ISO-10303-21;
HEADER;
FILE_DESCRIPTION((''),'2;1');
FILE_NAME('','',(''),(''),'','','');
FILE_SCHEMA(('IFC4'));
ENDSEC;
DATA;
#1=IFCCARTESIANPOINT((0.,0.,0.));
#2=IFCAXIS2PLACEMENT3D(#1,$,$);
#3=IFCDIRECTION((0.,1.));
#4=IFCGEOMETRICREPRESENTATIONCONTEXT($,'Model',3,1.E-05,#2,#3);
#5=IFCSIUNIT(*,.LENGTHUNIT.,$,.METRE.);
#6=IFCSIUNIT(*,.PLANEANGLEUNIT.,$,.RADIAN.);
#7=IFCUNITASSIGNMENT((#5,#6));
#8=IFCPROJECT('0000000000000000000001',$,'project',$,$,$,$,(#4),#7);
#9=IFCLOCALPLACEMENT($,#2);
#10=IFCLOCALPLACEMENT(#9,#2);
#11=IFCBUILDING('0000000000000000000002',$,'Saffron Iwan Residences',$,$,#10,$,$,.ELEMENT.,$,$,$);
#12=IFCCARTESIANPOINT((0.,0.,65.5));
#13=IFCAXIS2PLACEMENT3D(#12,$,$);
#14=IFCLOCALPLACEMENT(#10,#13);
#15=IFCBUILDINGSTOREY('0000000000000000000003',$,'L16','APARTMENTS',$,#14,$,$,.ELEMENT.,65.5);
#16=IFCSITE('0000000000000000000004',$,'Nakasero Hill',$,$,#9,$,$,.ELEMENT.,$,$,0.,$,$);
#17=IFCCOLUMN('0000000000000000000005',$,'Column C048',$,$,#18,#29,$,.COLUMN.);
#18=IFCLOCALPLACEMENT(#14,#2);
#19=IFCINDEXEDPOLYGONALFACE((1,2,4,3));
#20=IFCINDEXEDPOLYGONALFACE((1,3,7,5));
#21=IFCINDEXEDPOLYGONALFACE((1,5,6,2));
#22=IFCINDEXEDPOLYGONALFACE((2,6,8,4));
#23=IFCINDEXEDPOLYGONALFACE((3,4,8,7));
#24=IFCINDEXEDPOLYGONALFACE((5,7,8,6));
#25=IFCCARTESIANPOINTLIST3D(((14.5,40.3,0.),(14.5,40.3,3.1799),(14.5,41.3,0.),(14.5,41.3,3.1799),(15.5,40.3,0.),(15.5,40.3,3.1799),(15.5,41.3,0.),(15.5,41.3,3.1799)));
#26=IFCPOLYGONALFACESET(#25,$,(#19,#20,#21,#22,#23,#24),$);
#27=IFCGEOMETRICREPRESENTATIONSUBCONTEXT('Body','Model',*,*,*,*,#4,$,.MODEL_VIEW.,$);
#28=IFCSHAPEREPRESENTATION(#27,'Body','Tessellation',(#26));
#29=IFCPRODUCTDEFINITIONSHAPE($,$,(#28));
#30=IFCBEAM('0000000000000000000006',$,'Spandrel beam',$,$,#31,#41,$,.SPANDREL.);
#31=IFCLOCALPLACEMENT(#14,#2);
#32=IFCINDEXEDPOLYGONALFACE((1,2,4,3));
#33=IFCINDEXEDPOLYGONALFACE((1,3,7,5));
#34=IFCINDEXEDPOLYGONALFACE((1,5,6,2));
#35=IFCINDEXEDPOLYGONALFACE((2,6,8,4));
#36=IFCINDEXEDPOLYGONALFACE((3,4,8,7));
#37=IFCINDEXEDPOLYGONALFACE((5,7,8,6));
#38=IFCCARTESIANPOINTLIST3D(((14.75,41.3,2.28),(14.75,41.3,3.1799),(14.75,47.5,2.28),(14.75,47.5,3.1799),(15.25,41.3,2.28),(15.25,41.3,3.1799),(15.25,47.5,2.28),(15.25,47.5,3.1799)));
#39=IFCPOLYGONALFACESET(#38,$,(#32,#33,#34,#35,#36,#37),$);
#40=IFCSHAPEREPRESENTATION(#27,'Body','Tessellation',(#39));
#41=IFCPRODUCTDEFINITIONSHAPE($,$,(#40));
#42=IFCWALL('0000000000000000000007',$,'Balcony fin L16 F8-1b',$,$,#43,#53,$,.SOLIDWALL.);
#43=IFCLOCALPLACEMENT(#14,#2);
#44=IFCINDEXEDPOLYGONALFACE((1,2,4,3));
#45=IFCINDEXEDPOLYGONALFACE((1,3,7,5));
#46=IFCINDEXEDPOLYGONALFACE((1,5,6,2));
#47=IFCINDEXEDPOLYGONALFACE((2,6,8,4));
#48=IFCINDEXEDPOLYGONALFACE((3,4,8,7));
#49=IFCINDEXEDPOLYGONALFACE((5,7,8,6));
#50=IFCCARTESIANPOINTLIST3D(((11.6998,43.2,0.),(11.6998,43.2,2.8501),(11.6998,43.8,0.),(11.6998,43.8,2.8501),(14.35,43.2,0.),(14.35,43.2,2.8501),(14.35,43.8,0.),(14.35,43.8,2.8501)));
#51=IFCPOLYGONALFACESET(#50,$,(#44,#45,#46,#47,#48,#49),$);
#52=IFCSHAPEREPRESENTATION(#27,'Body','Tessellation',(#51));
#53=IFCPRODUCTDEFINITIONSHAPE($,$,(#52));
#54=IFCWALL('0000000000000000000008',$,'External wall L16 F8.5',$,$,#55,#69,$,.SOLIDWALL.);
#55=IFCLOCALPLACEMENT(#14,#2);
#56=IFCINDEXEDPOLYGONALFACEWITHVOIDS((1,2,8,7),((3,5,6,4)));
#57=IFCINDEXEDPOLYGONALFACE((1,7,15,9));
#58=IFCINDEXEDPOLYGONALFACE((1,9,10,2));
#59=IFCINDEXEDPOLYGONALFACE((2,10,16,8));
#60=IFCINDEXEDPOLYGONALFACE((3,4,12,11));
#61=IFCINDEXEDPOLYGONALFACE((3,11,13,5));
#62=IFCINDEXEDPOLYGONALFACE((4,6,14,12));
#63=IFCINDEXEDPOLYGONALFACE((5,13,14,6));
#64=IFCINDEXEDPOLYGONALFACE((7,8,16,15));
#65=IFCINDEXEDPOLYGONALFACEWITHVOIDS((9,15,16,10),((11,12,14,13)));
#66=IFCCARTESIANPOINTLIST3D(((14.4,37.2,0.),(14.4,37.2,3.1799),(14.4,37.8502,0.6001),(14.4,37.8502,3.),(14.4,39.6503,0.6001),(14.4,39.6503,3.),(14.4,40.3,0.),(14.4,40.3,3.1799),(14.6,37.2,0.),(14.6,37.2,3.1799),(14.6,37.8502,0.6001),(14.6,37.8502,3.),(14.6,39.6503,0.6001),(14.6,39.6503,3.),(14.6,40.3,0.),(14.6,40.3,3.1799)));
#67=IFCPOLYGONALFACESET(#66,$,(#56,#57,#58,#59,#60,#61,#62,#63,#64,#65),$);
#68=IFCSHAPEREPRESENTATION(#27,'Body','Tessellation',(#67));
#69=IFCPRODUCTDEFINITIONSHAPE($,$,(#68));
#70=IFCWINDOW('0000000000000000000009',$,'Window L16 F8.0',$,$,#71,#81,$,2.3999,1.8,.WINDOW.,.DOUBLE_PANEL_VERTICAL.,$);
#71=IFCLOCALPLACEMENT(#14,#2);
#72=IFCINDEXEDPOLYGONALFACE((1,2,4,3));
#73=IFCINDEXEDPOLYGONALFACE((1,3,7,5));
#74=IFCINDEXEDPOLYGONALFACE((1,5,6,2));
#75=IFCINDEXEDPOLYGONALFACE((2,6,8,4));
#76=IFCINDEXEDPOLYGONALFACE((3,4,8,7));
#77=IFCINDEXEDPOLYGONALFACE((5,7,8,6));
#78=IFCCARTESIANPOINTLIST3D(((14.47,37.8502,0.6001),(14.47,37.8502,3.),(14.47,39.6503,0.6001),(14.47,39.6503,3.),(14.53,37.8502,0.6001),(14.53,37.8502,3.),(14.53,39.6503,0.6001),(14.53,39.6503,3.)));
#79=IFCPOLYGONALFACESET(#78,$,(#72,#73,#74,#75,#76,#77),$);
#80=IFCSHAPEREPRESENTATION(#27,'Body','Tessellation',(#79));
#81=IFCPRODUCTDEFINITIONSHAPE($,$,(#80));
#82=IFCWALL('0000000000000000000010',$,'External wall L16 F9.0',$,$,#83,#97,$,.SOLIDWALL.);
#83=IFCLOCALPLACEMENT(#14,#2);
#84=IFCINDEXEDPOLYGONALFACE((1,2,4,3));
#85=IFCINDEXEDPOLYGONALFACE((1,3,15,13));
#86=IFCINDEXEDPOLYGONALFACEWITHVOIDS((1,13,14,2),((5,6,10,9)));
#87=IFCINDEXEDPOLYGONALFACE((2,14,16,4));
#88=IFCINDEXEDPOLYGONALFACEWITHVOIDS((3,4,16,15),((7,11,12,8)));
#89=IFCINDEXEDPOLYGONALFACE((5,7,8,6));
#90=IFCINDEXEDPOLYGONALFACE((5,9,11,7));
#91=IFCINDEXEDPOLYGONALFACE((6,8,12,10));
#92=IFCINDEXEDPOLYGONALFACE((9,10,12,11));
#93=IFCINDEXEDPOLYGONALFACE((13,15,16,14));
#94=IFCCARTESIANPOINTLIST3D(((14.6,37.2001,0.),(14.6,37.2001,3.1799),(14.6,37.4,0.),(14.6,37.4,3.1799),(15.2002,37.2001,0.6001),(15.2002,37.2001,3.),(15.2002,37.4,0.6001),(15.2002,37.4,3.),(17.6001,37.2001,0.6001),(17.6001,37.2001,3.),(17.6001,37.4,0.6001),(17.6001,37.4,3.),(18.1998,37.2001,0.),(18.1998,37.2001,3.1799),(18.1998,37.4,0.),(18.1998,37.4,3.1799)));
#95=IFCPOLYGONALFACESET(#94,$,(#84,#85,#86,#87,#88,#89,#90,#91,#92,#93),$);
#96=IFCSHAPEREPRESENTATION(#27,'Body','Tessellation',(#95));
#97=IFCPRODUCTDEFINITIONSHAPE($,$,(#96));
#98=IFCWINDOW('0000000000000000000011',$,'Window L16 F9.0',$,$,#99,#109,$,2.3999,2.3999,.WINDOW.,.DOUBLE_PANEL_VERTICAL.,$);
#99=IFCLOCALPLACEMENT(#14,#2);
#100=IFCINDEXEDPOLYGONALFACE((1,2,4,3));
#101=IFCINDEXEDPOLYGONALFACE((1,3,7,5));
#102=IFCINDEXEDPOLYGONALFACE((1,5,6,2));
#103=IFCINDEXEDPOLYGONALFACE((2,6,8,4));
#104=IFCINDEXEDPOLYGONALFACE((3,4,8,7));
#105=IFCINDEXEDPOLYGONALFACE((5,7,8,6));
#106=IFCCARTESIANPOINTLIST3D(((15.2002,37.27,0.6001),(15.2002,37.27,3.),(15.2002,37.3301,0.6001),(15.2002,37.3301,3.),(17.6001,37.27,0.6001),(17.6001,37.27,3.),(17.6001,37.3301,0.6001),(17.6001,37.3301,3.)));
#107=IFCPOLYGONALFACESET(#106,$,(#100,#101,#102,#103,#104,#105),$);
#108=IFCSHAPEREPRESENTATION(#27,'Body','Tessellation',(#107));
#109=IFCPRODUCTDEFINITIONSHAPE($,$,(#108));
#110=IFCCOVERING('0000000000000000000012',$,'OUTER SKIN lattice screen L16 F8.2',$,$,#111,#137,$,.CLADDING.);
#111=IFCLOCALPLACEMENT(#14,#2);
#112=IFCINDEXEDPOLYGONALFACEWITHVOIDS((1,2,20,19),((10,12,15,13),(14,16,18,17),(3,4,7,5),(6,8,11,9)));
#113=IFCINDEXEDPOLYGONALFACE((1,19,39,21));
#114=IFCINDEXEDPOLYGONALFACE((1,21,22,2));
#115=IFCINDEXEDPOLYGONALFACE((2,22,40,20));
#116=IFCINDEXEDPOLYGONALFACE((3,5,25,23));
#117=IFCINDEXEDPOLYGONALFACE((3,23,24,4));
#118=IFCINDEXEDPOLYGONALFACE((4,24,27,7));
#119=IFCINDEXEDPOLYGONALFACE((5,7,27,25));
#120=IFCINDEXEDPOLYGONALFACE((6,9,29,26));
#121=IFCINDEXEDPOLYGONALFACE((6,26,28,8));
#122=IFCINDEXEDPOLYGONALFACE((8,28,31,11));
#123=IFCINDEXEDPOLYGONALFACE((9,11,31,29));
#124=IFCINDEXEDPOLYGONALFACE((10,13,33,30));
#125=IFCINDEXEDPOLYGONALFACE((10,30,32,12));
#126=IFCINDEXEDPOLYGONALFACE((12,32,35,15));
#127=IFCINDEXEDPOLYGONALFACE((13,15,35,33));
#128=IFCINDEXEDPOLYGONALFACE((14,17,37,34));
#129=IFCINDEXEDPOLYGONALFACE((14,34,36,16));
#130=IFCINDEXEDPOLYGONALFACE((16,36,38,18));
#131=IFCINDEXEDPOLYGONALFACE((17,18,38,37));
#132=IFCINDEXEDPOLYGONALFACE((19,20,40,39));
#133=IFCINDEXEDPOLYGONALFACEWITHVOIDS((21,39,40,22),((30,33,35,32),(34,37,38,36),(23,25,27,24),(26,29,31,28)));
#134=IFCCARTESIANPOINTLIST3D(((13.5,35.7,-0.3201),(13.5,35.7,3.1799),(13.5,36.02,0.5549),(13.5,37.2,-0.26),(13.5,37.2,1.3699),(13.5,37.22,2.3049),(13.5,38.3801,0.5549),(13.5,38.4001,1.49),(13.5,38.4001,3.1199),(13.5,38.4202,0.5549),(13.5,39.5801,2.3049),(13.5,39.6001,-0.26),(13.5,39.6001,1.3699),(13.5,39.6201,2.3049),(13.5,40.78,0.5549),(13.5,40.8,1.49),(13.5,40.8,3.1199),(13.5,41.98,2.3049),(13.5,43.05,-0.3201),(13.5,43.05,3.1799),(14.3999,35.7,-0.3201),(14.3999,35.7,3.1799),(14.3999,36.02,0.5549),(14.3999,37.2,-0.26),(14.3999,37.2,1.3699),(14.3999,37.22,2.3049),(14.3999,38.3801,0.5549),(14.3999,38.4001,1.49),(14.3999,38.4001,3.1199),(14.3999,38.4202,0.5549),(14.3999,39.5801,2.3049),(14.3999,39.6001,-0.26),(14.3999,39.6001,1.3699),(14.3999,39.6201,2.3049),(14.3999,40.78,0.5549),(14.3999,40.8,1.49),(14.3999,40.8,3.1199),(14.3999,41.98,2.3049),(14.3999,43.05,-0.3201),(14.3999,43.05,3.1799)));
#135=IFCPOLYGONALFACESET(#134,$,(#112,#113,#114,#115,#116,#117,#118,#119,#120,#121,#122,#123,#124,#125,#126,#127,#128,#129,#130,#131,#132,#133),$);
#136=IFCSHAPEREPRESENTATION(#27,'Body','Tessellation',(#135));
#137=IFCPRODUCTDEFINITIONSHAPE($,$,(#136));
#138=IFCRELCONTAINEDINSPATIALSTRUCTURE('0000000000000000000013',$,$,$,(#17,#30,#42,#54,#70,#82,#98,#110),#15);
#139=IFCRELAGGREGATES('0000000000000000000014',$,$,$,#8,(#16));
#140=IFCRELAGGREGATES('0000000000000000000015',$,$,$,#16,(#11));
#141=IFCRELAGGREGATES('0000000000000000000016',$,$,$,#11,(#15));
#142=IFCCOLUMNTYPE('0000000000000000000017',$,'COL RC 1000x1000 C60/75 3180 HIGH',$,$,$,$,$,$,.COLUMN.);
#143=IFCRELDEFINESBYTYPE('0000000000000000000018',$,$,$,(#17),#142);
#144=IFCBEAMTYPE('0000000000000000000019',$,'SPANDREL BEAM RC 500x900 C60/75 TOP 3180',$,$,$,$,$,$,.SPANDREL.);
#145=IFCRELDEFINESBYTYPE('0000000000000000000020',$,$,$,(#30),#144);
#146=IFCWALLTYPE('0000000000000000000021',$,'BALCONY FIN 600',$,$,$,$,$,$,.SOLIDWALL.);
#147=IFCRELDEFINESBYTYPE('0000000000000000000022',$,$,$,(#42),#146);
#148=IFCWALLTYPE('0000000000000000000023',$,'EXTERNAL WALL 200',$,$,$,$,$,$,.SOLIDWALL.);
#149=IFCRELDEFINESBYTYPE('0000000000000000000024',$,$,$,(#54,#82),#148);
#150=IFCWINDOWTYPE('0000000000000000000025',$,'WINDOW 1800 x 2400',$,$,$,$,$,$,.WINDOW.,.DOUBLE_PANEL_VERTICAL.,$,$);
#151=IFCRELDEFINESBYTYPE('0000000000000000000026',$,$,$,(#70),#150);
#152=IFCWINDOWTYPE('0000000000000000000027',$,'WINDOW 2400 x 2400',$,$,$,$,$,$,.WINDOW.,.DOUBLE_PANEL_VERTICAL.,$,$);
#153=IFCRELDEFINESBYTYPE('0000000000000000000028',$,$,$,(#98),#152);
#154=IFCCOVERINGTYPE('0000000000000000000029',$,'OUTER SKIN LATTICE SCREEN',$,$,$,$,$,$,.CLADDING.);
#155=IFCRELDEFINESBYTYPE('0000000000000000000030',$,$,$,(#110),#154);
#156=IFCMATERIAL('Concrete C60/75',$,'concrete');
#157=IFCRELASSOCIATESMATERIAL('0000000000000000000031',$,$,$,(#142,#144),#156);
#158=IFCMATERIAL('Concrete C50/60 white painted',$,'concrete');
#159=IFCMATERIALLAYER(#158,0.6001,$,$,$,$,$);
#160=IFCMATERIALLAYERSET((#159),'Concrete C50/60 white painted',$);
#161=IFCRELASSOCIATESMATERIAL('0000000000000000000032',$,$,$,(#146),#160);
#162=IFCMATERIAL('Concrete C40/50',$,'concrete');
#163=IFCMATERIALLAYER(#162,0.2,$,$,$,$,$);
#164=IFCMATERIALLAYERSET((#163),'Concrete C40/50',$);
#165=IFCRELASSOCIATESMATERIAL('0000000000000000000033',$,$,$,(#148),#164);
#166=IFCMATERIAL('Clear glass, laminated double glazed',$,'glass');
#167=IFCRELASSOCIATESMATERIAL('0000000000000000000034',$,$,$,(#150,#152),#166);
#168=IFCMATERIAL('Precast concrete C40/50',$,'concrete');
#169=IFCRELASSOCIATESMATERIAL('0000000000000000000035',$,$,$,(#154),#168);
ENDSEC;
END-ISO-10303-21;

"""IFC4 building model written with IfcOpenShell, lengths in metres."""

from ifc_helpers import new_model, si_unit, direction, frame, frame_2d, origin, origin_2d, place, context, subcontext, project, spatial, polyline, rectangle, outline, extrude, source, transform, mapped, material, layer, layer_set, material_profile, profile_set, type_object, element, fill, save


model = new_model("IFC4")

# Units and contexts
model_context = context("Model", 3, precision=1e-05, world=origin(), true_north=direction((0.0, 1.0)))
body_context = subcontext(model_context, "Body", "Model", "MODEL_VIEW")
ifc_project = project(units=[si_unit("LENGTHUNIT", "METRE"), si_unit("PLANEANGLEUNIT", "RADIAN")], contexts=[model_context])

# Site, building, storey
site_placement = place(None, origin())
site = spatial("IfcSite", under=ifc_project, at=site_placement, Name="Nakasero Hill", CompositionType="ELEMENT", RefElevation=0.0)
building_placement = place(site_placement, origin())
building = spatial("IfcBuilding", under=site, at=building_placement, Name="Saffron Iwan Residences", CompositionType="ELEMENT")
storey_placement = place(building_placement, frame((0.0, 0.0, 65.5)))
storey = spatial("IfcBuildingStorey", under=building, at=storey_placement, Name="L16", Description="APARTMENTS", CompositionType="ELEMENT", Elevation=65.5)

# Column
ifc_material_1 = material(Name="Concrete C60/75", Category="concrete")
ifc_material_profile_1 = material_profile(ifc_material_1, rectangle(XDim=1.0, YDim=1.0, at=origin_2d()), Name="RC 1000x1000")
ifc_profile_set_1 = profile_set([ifc_material_profile_1], Name="Concrete C60/75")
column_type = type_object("IfcColumnType", Name="COL RC 1000x1000 C60/75 3180 HIGH", PredefinedType="COLUMN", material=ifc_profile_set_1)
shared_shape_1 = source(origin(), body_context, "Body", "SweptSolid", [
    extrude(rectangle(XDim=1.0, YDim=1.0, at=origin_2d()), origin(), (0.0, 0.0, 1.0), 3.1799),
])
column_placement = place(storey_placement, frame((15.0, 40.8, 0.0), z_axis=(0.0, 0.0, 1.0), x_axis=(1.0, 0.0, 0.0)))
element("IfcColumn", 1, at=column_placement, inside=storey, type_object=column_type, Name="Column C048", PredefinedType="COLUMN", context=body_context, shape_type="MappedRepresentation", body=[
    mapped(shared_shape_1, transform((0.0, 0.0, 0.0))),
])

# Beam
ifc_material_profile_2 = material_profile(ifc_material_1, rectangle(XDim=0.5, YDim=0.8999, at=origin_2d()), Name="RC 500x900")
ifc_profile_set_2 = profile_set([ifc_material_profile_2], Name="Concrete C60/75")
beam_type = type_object("IfcBeamType", Name="SPANDREL BEAM RC 500x900 C60/75 TOP 3180", PredefinedType="SPANDREL", material=ifc_profile_set_2)
shared_shape_2 = source(origin(), body_context, "Body", "SweptSolid", [
    extrude(rectangle(XDim=0.5, YDim=0.8999, at=origin_2d()), origin(), (0.0, 0.0, 1.0), 6.2),
])
beam_placement = place(storey_placement, frame((15.0, 41.3, 2.73), z_axis=(0.0, 1.0, 0.0), x_axis=(-1.0, 0.0, 0.0)))
element("IfcBeam", 2, at=beam_placement, inside=storey, type_object=beam_type, Name="Spandrel beam", PredefinedType="SPANDREL", context=body_context, shape_type="MappedRepresentation", body=[
    mapped(shared_shape_2, transform((0.0, 0.0, 0.0))),
])

# Wall
ifc_material_2 = material(Name="Concrete C50/60 white painted", Category="concrete")
ifc_layer_1 = layer(ifc_material_2, 0.6001)
ifc_layer_set_1 = layer_set([ifc_layer_1], Name="Concrete C50/60 white painted")
wall_type_1 = type_object("IfcWallType", Name="BALCONY FIN 600", PredefinedType="SOLIDWALL", material=ifc_layer_set_1)
wall_1_placement = place(storey_placement, frame((14.3501, 43.5, 0.0), z_axis=(0.0, 0.0, 1.0), x_axis=(-1.0, 0.0, 0.0)))
element("IfcWall", 3, at=wall_1_placement, inside=storey, type_object=wall_type_1, Name="Balcony fin L16 F8-1b", PredefinedType="SOLIDWALL", context=body_context, shape_type="SweptSolid", body=[
    extrude(rectangle(XDim=2.6501, YDim=0.6001, at=frame_2d((1.3252, 0.0))), origin(), (0.0, 0.0, 1.0), 2.8501),
])

# Shared definitions
ifc_material_3 = material(Name="Concrete C40/50", Category="concrete")
ifc_layer_2 = layer(ifc_material_3, 0.2)
ifc_layer_set_2 = layer_set([ifc_layer_2], Name="Concrete C40/50")
wall_type_2 = type_object("IfcWallType", Name="EXTERNAL WALL 200", PredefinedType="SOLIDWALL", material=ifc_layer_set_2)
ifc_material_4 = material(Name="Clear glass, laminated double glazed", Category="glass")

# Walls, openings, windows
wall_2_placement = place(storey_placement, frame((14.5, 40.3, 0.0), z_axis=(0.0, 0.0, 1.0), x_axis=(0.0, -1.0, 0.0)))
wall_2 = element("IfcWall", 4, at=wall_2_placement, inside=storey, type_object=wall_type_2, Name="External wall L16 F8.5", PredefinedType="SOLIDWALL", context=body_context, shape_type="SweptSolid", body=[
    extrude(rectangle(XDim=3.1001, YDim=0.2, at=frame_2d((1.55, 0.0))), origin(), (0.0, 0.0, 1.0), 3.1799),
])
opening_1_placement = place(wall_2_placement, frame((0.6499, 0.0, 0.6001)))
opening_1 = element("IfcOpeningElement", 5, at=opening_1_placement, cuts=wall_2, PredefinedType="OPENING", context=body_context, shape_type="SweptSolid", body=[
    extrude(rectangle(XDim=1.8, YDim=2.3999, at=frame_2d((0.8999, 1.2))), frame((0.0, 0.1099, 0.0), z_axis=(0.0, -1.0, 0.0), x_axis=(1.0, 0.0, 0.0)), (0.0, 0.0, 1.0), 0.22),
])
window_type_1 = type_object("IfcWindowType", Name="WINDOW 1800 x 2400", PartitioningType="DOUBLE_PANEL_VERTICAL", PredefinedType="WINDOW", material=ifc_material_4)
window_1_placement = place(opening_1_placement, origin())
window_1 = element("IfcWindow", 6, at=window_1_placement, inside=storey, type_object=window_type_1, Name="Window L16 F8.0", OverallHeight=2.3999, OverallWidth=1.8, PartitioningType="DOUBLE_PANEL_VERTICAL", PredefinedType="WINDOW", context=body_context, shape_type="SweptSolid", body=[
    extrude(rectangle(XDim=1.8, YDim=2.3999, at=frame_2d((0.8999, 1.2))), frame((0.0, 0.03, 0.0), z_axis=(0.0, -1.0, 0.0), x_axis=(1.0, 0.0, 0.0)), (0.0, 0.0, 1.0), 0.0601),
])
fill(opening_1, window_1)
wall_3_placement = place(storey_placement, frame((14.6001, 37.3, 0.0), z_axis=(0.0, 0.0, 1.0), x_axis=(1.0, 0.0, 0.0)))
wall_3 = element("IfcWall", 7, at=wall_3_placement, inside=storey, type_object=wall_type_2, Name="External wall L16 F9.0", PredefinedType="SOLIDWALL", context=body_context, shape_type="SweptSolid", body=[
    extrude(rectangle(XDim=3.5999, YDim=0.2, at=frame_2d((1.7998, 0.0))), origin(), (0.0, 0.0, 1.0), 3.1799),
])
opening_2_placement = place(wall_3_placement, frame((0.6001, 0.0, 0.6001)))
opening_2 = element("IfcOpeningElement", 8, at=opening_2_placement, cuts=wall_3, PredefinedType="OPENING", context=body_context, shape_type="SweptSolid", body=[
    extrude(rectangle(XDim=2.3999, YDim=2.3999, at=frame_2d((1.2, 1.2))), frame((0.0, 0.1099, 0.0), z_axis=(0.0, -1.0, 0.0), x_axis=(1.0, 0.0, 0.0)), (0.0, 0.0, 1.0), 0.22),
])
window_type_2 = type_object("IfcWindowType", Name="WINDOW 2400 x 2400", PartitioningType="DOUBLE_PANEL_VERTICAL", PredefinedType="WINDOW", material=ifc_material_4)
window_2_placement = place(opening_2_placement, origin())
window_2 = element("IfcWindow", 9, at=window_2_placement, inside=storey, type_object=window_type_2, Name="Window L16 F9.0", OverallHeight=2.3999, OverallWidth=2.3999, PartitioningType="DOUBLE_PANEL_VERTICAL", PredefinedType="WINDOW", context=body_context, shape_type="SweptSolid", body=[
    extrude(rectangle(XDim=2.3999, YDim=2.3999, at=frame_2d((1.2, 1.2))), frame((0.0, 0.03, 0.0), z_axis=(0.0, -1.0, 0.0), x_axis=(1.0, 0.0, 0.0)), (0.0, 0.0, 1.0), 0.0601),
])
fill(opening_2, window_2)

# Covering
ifc_material_5 = material(Name="Precast concrete C40/50", Category="concrete")
covering_type = type_object("IfcCoveringType", Name="OUTER SKIN LATTICE SCREEN", PredefinedType="CLADDING", material=ifc_material_5)
covering_placement = place(storey_placement, frame((14.3999, 43.05, -0.3201), z_axis=(-1.0, 0.0, 0.0), x_axis=(0.0, -1.0, 0.0)))
element("IfcCovering", 10, at=covering_placement, inside=storey, type_object=covering_type, Name="OUTER SKIN lattice screen L16 F8.2", PredefinedType="CLADDING", context=body_context, shape_type="SweptSolid", body=[
    extrude(outline(polyline([(0.0, 0.0), (7.3501, 0.0), (7.3501, 3.5), (0.0, 3.5), (0.0, 0.0)]), holes=[polyline([(2.27, 0.875), (3.45, 0.0601), (4.6299, 0.875), (3.45, 1.6899), (2.27, 0.875)]), polyline([(4.6699, 0.875), (5.8501, 0.0601), (7.03, 0.875), (5.8501, 1.6899), (4.6699, 0.875)]), polyline([(1.0701, 2.625), (2.25, 1.8101), (3.4299, 2.625), (2.25, 3.4399), (1.0701, 2.625)]), polyline([(3.47, 2.625), (4.6499, 1.8101), (5.8301, 2.625), (4.6499, 3.4399), (3.47, 2.625)])]), origin(), (0.0, 0.0, 1.0), 0.8999),
])

save(model, "model.ifc")
